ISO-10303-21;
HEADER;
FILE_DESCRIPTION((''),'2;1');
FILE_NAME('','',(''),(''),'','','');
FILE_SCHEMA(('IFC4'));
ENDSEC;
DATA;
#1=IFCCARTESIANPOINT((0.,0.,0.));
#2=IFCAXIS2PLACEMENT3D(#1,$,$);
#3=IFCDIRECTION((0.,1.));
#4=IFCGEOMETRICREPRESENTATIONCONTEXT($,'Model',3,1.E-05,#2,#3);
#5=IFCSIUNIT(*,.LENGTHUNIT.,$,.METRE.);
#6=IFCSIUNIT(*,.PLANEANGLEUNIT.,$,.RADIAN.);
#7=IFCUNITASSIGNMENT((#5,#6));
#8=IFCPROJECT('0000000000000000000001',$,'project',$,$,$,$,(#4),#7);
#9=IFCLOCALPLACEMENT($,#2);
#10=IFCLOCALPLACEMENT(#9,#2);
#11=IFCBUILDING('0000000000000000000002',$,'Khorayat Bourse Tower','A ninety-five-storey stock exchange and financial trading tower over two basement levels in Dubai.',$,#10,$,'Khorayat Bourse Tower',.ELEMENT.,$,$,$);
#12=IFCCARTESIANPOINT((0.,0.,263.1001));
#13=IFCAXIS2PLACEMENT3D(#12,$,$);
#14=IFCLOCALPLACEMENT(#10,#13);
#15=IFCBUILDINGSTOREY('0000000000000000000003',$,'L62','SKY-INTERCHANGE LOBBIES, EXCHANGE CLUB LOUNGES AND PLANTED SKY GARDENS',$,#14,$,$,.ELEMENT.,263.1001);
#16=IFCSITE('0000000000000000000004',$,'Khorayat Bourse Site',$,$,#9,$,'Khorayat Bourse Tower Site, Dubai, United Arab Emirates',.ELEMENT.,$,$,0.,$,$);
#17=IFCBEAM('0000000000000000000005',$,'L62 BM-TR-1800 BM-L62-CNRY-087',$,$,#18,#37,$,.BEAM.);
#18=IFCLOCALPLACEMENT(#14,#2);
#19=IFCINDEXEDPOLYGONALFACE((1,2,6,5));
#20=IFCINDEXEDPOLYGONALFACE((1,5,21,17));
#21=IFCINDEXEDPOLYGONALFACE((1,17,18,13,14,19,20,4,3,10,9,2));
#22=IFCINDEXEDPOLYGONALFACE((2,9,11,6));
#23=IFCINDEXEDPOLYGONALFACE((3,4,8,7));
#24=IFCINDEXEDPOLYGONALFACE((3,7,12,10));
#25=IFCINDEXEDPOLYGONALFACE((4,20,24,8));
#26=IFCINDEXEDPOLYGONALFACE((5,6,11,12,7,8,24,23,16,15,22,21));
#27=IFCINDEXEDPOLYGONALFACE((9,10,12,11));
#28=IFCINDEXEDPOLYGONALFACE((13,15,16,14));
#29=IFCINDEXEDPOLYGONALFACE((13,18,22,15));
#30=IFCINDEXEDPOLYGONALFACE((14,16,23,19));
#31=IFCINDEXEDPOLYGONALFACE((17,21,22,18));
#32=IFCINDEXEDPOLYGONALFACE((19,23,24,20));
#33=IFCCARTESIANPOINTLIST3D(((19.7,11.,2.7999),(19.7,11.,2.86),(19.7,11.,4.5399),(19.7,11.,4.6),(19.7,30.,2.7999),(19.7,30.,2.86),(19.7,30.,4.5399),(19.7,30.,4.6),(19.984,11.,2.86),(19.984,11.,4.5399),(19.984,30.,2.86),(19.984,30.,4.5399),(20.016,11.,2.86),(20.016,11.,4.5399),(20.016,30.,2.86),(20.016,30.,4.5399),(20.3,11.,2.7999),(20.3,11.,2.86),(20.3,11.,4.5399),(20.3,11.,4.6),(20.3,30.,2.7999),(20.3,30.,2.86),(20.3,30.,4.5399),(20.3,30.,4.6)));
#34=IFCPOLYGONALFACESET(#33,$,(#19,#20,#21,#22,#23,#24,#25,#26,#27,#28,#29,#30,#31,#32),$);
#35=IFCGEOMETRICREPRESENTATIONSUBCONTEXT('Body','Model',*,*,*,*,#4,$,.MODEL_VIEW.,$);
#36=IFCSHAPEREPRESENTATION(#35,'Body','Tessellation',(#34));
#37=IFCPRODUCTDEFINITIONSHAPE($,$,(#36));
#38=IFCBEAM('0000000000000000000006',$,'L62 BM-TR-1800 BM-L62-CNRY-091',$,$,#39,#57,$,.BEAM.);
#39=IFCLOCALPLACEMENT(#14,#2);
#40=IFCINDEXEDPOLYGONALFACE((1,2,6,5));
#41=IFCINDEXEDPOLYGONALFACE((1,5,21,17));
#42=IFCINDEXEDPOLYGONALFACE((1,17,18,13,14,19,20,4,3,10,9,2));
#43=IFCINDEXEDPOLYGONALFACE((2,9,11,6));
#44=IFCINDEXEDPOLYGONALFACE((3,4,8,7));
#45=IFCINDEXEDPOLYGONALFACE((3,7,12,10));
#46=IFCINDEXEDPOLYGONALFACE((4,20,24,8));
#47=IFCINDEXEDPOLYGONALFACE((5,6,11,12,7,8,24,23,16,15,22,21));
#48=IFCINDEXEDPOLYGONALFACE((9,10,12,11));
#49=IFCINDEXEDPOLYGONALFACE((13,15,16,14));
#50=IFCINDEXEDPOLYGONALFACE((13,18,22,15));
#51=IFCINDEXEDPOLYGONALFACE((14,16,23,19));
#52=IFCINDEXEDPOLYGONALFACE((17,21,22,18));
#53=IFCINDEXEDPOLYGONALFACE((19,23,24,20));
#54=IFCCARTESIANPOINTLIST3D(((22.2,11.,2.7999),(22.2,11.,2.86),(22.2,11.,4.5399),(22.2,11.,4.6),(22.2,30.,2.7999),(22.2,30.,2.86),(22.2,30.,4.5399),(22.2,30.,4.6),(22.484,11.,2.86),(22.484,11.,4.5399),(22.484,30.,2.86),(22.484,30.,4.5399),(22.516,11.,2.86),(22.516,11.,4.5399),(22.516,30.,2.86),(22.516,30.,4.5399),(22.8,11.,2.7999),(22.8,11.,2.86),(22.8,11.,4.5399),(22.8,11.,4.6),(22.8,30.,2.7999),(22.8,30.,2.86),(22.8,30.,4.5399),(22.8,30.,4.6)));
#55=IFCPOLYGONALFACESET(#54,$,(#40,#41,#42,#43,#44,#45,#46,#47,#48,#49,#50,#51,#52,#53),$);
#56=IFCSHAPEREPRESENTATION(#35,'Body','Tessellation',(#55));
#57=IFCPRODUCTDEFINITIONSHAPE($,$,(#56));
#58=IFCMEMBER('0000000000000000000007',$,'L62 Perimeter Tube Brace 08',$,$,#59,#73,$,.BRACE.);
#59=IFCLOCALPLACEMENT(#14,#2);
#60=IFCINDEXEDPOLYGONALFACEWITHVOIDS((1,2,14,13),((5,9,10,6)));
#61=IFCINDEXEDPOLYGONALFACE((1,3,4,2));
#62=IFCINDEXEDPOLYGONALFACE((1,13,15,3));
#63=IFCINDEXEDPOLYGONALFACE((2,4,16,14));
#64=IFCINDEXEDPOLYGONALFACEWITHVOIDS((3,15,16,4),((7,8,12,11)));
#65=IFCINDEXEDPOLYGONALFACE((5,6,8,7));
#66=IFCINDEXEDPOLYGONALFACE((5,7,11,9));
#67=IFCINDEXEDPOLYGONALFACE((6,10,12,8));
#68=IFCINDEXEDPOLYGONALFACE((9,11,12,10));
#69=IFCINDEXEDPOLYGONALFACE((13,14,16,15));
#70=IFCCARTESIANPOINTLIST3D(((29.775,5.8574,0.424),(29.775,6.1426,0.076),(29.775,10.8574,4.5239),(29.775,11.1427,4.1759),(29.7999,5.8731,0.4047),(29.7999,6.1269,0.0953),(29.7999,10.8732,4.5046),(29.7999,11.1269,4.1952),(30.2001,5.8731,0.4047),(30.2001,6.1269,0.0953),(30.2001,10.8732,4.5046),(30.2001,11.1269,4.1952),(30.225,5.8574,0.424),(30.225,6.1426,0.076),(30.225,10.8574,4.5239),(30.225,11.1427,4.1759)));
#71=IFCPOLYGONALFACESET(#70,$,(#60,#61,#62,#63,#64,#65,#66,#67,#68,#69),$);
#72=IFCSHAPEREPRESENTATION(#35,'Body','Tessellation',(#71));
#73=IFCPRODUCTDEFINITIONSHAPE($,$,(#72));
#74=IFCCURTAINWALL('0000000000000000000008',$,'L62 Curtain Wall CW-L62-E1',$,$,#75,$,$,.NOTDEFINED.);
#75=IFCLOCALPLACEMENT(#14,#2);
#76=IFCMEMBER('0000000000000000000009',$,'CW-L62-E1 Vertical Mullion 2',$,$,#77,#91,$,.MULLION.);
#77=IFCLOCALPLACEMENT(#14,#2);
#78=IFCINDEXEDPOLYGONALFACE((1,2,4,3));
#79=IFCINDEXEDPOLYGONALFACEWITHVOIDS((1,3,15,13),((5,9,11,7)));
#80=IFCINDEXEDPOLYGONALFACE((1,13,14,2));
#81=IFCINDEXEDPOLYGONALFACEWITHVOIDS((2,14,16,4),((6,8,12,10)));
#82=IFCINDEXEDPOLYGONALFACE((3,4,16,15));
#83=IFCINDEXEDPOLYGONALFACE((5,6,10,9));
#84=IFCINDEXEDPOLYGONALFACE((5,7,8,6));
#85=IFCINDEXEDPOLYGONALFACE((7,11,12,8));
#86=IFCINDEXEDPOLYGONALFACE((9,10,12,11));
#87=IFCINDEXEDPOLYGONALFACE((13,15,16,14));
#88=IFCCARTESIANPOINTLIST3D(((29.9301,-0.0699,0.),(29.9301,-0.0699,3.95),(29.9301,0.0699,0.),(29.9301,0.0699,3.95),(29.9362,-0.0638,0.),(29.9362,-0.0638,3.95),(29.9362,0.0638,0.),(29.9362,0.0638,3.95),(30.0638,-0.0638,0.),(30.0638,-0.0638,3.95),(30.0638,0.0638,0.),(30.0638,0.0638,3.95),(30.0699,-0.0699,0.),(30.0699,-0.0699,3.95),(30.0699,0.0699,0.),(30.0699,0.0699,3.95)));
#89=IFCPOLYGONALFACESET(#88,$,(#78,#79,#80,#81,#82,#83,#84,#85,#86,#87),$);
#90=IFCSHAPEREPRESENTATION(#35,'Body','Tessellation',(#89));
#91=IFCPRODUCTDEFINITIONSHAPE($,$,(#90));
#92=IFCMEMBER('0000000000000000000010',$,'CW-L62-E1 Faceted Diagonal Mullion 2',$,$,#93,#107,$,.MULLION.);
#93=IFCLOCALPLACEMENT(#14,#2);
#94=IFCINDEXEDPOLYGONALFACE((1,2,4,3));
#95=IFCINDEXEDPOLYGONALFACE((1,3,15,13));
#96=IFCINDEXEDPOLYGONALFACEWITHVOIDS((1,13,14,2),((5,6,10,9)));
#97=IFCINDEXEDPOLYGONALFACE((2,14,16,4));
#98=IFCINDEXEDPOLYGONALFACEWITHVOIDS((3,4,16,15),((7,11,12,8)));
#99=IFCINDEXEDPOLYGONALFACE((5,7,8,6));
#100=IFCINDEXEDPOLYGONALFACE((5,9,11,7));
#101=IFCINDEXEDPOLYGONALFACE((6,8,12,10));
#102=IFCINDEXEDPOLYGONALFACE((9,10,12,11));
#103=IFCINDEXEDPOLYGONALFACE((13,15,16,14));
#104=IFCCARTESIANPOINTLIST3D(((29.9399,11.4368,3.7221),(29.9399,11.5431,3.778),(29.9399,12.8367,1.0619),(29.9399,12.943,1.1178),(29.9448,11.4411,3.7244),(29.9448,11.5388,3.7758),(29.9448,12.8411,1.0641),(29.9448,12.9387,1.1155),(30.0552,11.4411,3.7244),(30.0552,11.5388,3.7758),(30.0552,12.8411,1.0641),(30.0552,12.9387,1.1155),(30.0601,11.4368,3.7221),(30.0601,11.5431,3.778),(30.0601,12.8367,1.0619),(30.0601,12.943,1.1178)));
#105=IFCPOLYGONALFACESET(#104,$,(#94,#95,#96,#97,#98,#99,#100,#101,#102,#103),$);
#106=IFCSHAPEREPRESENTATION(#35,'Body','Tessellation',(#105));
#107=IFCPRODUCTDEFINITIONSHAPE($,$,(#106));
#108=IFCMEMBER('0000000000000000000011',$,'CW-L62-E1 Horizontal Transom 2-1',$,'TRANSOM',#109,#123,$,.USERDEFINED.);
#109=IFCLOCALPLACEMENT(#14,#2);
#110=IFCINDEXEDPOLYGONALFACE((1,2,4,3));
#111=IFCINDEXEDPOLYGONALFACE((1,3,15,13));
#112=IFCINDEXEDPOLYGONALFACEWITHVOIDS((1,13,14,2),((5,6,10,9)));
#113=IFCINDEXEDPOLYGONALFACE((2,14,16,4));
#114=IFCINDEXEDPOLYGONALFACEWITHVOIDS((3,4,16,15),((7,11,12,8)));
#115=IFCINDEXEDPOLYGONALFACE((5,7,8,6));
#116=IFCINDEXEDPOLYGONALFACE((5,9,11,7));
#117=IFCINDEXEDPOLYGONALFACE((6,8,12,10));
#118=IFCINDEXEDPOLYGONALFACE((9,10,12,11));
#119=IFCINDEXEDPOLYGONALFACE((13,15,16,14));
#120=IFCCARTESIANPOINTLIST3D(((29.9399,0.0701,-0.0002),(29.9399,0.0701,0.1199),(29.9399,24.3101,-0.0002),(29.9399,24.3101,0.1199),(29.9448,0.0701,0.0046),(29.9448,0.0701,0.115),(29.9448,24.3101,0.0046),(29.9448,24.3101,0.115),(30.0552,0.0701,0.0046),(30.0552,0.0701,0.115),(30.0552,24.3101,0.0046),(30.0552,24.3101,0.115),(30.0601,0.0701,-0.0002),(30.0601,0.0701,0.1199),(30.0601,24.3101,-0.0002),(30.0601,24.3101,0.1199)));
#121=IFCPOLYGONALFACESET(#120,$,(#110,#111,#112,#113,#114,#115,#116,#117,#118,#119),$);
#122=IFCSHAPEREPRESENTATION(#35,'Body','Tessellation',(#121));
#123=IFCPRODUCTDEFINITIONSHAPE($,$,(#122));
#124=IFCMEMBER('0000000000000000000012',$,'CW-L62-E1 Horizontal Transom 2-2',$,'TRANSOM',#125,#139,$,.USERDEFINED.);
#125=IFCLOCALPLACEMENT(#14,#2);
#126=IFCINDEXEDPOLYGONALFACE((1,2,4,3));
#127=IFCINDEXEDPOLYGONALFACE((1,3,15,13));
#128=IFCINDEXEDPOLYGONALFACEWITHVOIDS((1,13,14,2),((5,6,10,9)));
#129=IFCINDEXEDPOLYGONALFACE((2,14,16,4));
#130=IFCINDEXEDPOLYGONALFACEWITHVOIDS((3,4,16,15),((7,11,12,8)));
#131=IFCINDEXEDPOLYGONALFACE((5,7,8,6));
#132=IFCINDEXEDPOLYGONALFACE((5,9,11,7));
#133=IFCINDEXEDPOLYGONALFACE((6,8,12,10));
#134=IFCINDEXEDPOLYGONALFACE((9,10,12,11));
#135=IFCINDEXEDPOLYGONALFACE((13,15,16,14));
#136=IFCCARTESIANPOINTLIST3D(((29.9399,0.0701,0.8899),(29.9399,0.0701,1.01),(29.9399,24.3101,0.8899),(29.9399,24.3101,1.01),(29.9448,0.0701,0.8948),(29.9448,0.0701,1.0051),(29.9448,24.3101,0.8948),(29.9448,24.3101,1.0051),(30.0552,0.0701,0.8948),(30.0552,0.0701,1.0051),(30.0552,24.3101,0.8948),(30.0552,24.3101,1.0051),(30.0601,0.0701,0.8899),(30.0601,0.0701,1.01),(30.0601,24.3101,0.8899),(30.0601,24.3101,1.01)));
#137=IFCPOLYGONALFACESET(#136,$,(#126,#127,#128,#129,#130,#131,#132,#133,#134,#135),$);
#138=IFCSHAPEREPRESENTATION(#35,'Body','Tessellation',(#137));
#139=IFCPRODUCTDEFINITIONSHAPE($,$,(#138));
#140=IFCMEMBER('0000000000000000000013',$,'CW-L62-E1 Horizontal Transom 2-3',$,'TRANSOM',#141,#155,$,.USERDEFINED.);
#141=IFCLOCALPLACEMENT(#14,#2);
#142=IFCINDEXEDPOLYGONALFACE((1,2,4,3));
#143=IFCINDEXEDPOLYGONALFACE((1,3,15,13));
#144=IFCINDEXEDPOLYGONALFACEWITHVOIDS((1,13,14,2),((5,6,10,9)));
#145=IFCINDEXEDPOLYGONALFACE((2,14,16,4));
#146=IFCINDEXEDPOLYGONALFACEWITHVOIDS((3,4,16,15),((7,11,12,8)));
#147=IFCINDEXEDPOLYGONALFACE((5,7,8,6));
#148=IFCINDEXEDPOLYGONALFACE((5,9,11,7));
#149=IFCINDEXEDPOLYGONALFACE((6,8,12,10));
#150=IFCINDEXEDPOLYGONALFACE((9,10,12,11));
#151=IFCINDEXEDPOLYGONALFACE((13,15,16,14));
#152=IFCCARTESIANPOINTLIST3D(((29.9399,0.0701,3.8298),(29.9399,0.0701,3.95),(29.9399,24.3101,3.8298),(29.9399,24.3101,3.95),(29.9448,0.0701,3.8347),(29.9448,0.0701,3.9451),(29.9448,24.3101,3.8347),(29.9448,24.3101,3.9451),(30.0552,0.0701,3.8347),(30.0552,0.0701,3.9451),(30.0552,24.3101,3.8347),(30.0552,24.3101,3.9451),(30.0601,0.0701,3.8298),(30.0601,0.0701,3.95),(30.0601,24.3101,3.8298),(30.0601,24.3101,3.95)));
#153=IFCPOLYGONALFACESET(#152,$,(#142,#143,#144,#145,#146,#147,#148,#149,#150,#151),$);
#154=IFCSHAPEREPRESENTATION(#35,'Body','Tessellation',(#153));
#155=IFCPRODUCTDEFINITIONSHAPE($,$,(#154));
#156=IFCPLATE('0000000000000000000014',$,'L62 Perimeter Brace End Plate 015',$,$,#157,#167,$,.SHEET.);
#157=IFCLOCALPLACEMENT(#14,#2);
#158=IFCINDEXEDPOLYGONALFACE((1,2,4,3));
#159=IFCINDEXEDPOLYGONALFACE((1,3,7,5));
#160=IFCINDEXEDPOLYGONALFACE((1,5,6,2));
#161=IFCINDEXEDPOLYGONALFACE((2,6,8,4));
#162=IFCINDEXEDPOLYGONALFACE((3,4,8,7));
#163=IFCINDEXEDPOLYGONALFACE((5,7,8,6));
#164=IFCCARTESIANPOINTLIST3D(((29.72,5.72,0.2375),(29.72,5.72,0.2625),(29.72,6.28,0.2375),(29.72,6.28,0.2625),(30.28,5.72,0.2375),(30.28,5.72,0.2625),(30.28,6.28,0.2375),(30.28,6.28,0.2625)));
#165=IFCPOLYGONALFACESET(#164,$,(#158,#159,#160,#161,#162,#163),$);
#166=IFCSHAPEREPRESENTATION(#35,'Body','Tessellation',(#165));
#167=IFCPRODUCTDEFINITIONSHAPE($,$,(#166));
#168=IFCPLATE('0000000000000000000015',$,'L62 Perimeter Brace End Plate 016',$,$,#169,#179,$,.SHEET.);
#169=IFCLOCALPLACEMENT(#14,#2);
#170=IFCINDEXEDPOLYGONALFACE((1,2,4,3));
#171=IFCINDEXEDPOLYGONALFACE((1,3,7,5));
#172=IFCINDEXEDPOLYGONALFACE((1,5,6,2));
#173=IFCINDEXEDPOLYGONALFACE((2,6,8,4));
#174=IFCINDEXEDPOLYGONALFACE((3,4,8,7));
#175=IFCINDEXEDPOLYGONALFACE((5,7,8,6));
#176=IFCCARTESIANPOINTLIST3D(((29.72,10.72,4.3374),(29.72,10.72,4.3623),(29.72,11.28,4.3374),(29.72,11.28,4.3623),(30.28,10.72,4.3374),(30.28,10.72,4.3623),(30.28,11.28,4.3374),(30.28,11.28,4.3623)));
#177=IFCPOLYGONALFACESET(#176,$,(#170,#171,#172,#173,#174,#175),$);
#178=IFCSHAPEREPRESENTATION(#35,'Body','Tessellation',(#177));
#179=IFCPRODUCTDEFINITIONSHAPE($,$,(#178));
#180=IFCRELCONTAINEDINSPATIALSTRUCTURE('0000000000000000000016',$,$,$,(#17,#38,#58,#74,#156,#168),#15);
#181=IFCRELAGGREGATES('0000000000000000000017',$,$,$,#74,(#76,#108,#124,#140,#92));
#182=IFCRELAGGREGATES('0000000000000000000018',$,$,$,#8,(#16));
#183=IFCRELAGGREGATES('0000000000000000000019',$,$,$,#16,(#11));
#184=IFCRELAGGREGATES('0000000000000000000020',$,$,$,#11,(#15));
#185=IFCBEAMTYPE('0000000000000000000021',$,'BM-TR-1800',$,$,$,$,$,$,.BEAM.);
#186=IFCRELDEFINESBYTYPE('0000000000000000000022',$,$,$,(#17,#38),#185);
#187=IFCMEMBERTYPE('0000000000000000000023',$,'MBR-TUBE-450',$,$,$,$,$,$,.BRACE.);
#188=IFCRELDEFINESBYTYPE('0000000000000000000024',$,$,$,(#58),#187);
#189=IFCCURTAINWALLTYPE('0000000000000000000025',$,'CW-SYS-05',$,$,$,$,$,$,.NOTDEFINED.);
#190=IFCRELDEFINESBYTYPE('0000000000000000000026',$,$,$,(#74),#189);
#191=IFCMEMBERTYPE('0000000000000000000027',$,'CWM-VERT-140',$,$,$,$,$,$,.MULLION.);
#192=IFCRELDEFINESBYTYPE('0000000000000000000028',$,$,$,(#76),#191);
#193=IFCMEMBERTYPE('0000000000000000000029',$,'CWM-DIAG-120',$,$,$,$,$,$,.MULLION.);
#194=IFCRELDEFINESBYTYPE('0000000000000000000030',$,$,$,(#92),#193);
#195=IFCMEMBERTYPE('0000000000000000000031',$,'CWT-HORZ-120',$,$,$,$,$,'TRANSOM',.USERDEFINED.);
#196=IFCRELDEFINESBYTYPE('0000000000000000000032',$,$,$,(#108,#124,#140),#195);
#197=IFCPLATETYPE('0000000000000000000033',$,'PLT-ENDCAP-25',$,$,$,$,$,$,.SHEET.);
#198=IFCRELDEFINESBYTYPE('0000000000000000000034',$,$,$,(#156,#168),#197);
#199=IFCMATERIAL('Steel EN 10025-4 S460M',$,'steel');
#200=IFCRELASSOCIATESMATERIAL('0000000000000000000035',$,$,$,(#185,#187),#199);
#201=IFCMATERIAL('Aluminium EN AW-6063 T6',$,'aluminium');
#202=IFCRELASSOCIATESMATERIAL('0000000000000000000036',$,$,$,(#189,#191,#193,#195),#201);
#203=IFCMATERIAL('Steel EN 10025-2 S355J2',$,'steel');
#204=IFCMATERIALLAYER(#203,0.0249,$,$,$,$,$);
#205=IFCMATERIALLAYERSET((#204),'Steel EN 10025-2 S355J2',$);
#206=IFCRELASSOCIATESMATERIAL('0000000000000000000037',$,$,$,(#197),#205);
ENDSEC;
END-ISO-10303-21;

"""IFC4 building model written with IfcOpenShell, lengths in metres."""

from ifc_helpers import new_model, si_unit, direction, frame, origin, origin_2d, place, context, subcontext, project, spatial, rectangle, hollow_rectangle, i_section, extrude, source, transform, mapped, material, layer, layer_set, material_profile, profile_set, type_object, element, aggregate, save


model = new_model("IFC4")

# Units and contexts
model_context = context("Model", 3, precision=1e-05, world=origin(), true_north=direction((0.0, 1.0)))
body_context = subcontext(model_context, "Body", "Model", "MODEL_VIEW")
ifc_project = project(units=[si_unit("LENGTHUNIT", "METRE"), si_unit("PLANEANGLEUNIT", "RADIAN")], contexts=[model_context])

# Site, building, storey
site_placement = place(None, origin())
site = spatial("IfcSite", under=ifc_project, at=site_placement, Name="Khorayat Bourse Site", LongName="Khorayat Bourse Tower Site, Dubai, United Arab Emirates", CompositionType="ELEMENT", RefElevation=0.0)
building_placement = place(site_placement, origin())
building = spatial("IfcBuilding", under=site, at=building_placement, Name="Khorayat Bourse Tower", Description="A ninety-five-storey stock exchange and financial trading tower over two basement levels in Dubai.", LongName="Khorayat Bourse Tower", CompositionType="ELEMENT")
storey_placement = place(building_placement, frame((0.0, 0.0, 263.1001)))
storey = spatial("IfcBuildingStorey", under=building, at=storey_placement, Name="L62", Description="SKY-INTERCHANGE LOBBIES, EXCHANGE CLUB LOUNGES AND PLANTED SKY GARDENS", CompositionType="ELEMENT", Elevation=263.1001)

# Shared definitions
ifc_material_1 = material(Name="Steel EN 10025-4 S460M", Category="steel")

# Beams
ifc_material_profile_1 = material_profile(ifc_material_1, i_section(OverallWidth=0.6001, OverallDepth=1.8, WebThickness=0.032, FlangeThickness=0.0601, at=origin_2d()), Name="PG 1800x600x32x60")
ifc_profile_set_1 = profile_set([ifc_material_profile_1], Name="Steel EN 10025-4 S460M")
beam_type_1 = type_object("IfcBeamType", Name="BM-TR-1800", PredefinedType="BEAM", material=ifc_profile_set_1)
shared_shape_1 = source(origin(), body_context, "Body", "SweptSolid", [
    extrude(i_section(OverallWidth=0.6001, OverallDepth=1.8, WebThickness=0.032, FlangeThickness=0.0601, at=origin_2d()), origin(), (0.0, 0.0, 1.0), 19.0),
])
for number, where, z_axis, x_axis, name in (
    (1, (20.0, 11.0, 3.7), (0.0, 1.0, 0.0), (-1.0, 0.0, 0.0), "L62 BM-TR-1800 BM-L62-CNRY-087"),
    (2, (22.5, 11.0, 3.7), (0.0, 1.0, 0.0), (-1.0, 0.0, 0.0), "L62 BM-TR-1800 BM-L62-CNRY-091"),
):
    element("IfcBeam", number, at=place(storey_placement, frame(where, z_axis=z_axis, x_axis=x_axis)), inside=storey, type_object=beam_type_1, Name=name, PredefinedType="BEAM", context=body_context, shape_type="MappedRepresentation", body=[
        mapped(shared_shape_1, transform((0.0, 0.0, 0.0), scale=1.0)),
    ])

# Member
ifc_material_profile_2 = material_profile(ifc_material_1, hollow_rectangle(XDim=0.45, YDim=0.45, WallThickness=0.0249, at=origin_2d()), Name="HSS 450x450x25")
ifc_profile_set_2 = profile_set([ifc_material_profile_2], Name="Steel EN 10025-4 S460M")
member_type_1 = type_object("IfcMemberType", Name="MBR-TUBE-450", PredefinedType="BRACE", material=ifc_profile_set_2)
shared_shape_2 = source(origin(), body_context, "Body", "SweptSolid", [
    extrude(hollow_rectangle(XDim=0.45, YDim=0.45, WallThickness=0.0249, at=origin_2d()), origin(), (0.0, 0.0, 1.0), 6.4661),
])
member_1_placement = place(storey_placement, frame((30.0, 6.0, 0.25), z_axis=(0.0, 0.773279, 0.634066), x_axis=(-1.0, 0.0, 0.0)))
element("IfcMember", 3, at=member_1_placement, inside=storey, type_object=member_type_1, Name="L62 Perimeter Tube Brace 08", PredefinedType="BRACE", context=body_context, shape_type="MappedRepresentation", body=[
    mapped(shared_shape_2, transform((0.0, 0.0, 0.0), scale=1.0)),
])

# Curtain wall, members
ifc_material_2 = material(Name="Aluminium EN AW-6063 T6", Category="aluminium")
curtain_wall_type = type_object("IfcCurtainWallType", Name="CW-SYS-05", PredefinedType="NOTDEFINED", material=ifc_material_2)
curtain_wall_placement = place(storey_placement, origin())
curtain_wall = element("IfcCurtainWall", 4, at=curtain_wall_placement, inside=storey, type_object=curtain_wall_type, Name="L62 Curtain Wall CW-L62-E1", PredefinedType="NOTDEFINED")
ifc_material_profile_3 = material_profile(ifc_material_2, hollow_rectangle(XDim=0.1399, YDim=0.1399, WallThickness=0.0061, at=origin_2d()), Name="ALU 140x140x6")
ifc_profile_set_3 = profile_set([ifc_material_profile_3], Name="Aluminium EN AW-6063 T6")
member_type_2 = type_object("IfcMemberType", Name="CWM-VERT-140", PredefinedType="MULLION", material=ifc_profile_set_3)
shared_shape_3 = source(origin(), body_context, "Body", "SweptSolid", [
    extrude(hollow_rectangle(XDim=0.1399, YDim=0.1399, WallThickness=0.0061, at=origin_2d()), origin(), (0.0, 0.0, 1.0), 3.95),
])
member_2_placement = place(storey_placement, frame((30.0, 0.0, 0.0), z_axis=(0.0, 0.0, 1.0), x_axis=(-1.0, 0.0, 0.0)))
member_2 = element("IfcMember", 5, at=member_2_placement, type_object=member_type_2, Name="CW-L62-E1 Vertical Mullion 2", PredefinedType="MULLION", context=body_context, shape_type="MappedRepresentation", body=[
    mapped(shared_shape_3, transform((0.0, 0.0, 0.0), scale=1.0)),
])
ifc_material_profile_4 = material_profile(ifc_material_2, hollow_rectangle(XDim=0.1201, YDim=0.1201, WallThickness=0.0049, at=origin_2d()), Name="ALU 120x120x5")
ifc_profile_set_4 = profile_set([ifc_material_profile_4], Name="Aluminium EN AW-6063 T6")
member_type_3 = type_object("IfcMemberType", Name="CWM-DIAG-120", PredefinedType="MULLION", material=ifc_profile_set_4)
shared_shape_4 = source(origin(), body_context, "Body", "SweptSolid", [
    extrude(hollow_rectangle(XDim=0.1201, YDim=0.1201, WallThickness=0.0049, at=origin_2d()), origin(), (0.0, 0.0, 1.0), 3.0061),
])
member_3_placement = place(storey_placement, frame((30.0, 12.8899, 1.0898), z_axis=(0.0, -0.4657, 0.884943), x_axis=(1.0, 0.0, 0.0)))
member_3 = element("IfcMember", 6, at=member_3_placement, type_object=member_type_3, Name="CW-L62-E1 Faceted Diagonal Mullion 2", PredefinedType="MULLION", context=body_context, shape_type="MappedRepresentation", body=[
    mapped(shared_shape_4, transform((0.0, 0.0, 0.0), scale=1.0)),
])
ifc_material_profile_5 = material_profile(ifc_material_2, hollow_rectangle(XDim=0.1201, YDim=0.1201, WallThickness=0.0049, at=origin_2d()), Name="ALU 120x120x5")
ifc_profile_set_5 = profile_set([ifc_material_profile_5], Name="Aluminium EN AW-6063 T6")
member_type_4 = type_object("IfcMemberType", Name="CWT-HORZ-120", ElementType="TRANSOM", PredefinedType="USERDEFINED", material=ifc_profile_set_5)
shared_shape_5 = source(origin(), body_context, "Body", "SweptSolid", [
    extrude(hollow_rectangle(XDim=0.1201, YDim=0.1201, WallThickness=0.0049, at=origin_2d()), origin(), (0.0, 0.0, 1.0), 24.24),
])
member_4_placement = place(storey_placement, frame((30.0, 0.0701, 0.0598), z_axis=(0.0, 1.0, 0.0), x_axis=(-1.0, 0.0, 0.0)))
member_4 = element("IfcMember", 7, at=member_4_placement, type_object=member_type_4, Name="CW-L62-E1 Horizontal Transom 2-1", ObjectType="TRANSOM", PredefinedType="USERDEFINED", context=body_context, shape_type="MappedRepresentation", body=[
    mapped(shared_shape_5, transform((0.0, 0.0, 0.0), scale=1.0)),
])
member_5_placement = place(storey_placement, frame((30.0, 0.0701, 0.95), z_axis=(0.0, 1.0, 0.0), x_axis=(-1.0, 0.0, 0.0)))
member_5 = element("IfcMember", 8, at=member_5_placement, type_object=member_type_4, Name="CW-L62-E1 Horizontal Transom 2-2", ObjectType="TRANSOM", PredefinedType="USERDEFINED", context=body_context, shape_type="MappedRepresentation", body=[
    mapped(shared_shape_5, transform((0.0, 0.0, 0.0), scale=1.0)),
])
member_6_placement = place(storey_placement, frame((30.0, 0.0701, 3.8899), z_axis=(0.0, 1.0, 0.0), x_axis=(-1.0, 0.0, 0.0)))
member_6 = element("IfcMember", 9, at=member_6_placement, type_object=member_type_4, Name="CW-L62-E1 Horizontal Transom 2-3", ObjectType="TRANSOM", PredefinedType="USERDEFINED", context=body_context, shape_type="MappedRepresentation", body=[
    mapped(shared_shape_5, transform((0.0, 0.0, 0.0), scale=1.0)),
])

# Plates
ifc_material_3 = material(Name="Steel EN 10025-2 S355J2", Category="steel")
ifc_layer_1 = layer(ifc_material_3, 0.0249)
ifc_layer_set_1 = layer_set([ifc_layer_1], Name="Steel EN 10025-2 S355J2")
plate_type_1 = type_object("IfcPlateType", Name="PLT-ENDCAP-25", PredefinedType="SHEET", material=ifc_layer_set_1)
shared_shape_6 = source(origin(), body_context, "Body", "SweptSolid", [
    extrude(rectangle(XDim=0.5601, YDim=0.5601, at=origin_2d()), origin(), (0.0, 0.0, 1.0), 0.0249),
])
for number, where, z_axis, x_axis, name in (
    (10, (30.0, 6.0, 0.2375), (0.0, 0.0, 1.0), (1.0, 0.0, 0.0), "L62 Perimeter Brace End Plate 015"),
    (11, (30.0, 11.0, 4.3374), (0.0, 0.0, 1.0), (1.0, 0.0, 0.0), "L62 Perimeter Brace End Plate 016"),
):
    element("IfcPlate", number, at=place(storey_placement, frame(where, z_axis=z_axis, x_axis=x_axis)), inside=storey, type_object=plate_type_1, Name=name, PredefinedType="SHEET", context=body_context, shape_type="MappedRepresentation", body=[
        mapped(shared_shape_6, transform((0.0, 0.0, 0.0), scale=1.0)),
    ])

aggregate(curtain_wall, [member_2, member_4, member_5, member_6, member_3])

save(model, "model.ifc")
